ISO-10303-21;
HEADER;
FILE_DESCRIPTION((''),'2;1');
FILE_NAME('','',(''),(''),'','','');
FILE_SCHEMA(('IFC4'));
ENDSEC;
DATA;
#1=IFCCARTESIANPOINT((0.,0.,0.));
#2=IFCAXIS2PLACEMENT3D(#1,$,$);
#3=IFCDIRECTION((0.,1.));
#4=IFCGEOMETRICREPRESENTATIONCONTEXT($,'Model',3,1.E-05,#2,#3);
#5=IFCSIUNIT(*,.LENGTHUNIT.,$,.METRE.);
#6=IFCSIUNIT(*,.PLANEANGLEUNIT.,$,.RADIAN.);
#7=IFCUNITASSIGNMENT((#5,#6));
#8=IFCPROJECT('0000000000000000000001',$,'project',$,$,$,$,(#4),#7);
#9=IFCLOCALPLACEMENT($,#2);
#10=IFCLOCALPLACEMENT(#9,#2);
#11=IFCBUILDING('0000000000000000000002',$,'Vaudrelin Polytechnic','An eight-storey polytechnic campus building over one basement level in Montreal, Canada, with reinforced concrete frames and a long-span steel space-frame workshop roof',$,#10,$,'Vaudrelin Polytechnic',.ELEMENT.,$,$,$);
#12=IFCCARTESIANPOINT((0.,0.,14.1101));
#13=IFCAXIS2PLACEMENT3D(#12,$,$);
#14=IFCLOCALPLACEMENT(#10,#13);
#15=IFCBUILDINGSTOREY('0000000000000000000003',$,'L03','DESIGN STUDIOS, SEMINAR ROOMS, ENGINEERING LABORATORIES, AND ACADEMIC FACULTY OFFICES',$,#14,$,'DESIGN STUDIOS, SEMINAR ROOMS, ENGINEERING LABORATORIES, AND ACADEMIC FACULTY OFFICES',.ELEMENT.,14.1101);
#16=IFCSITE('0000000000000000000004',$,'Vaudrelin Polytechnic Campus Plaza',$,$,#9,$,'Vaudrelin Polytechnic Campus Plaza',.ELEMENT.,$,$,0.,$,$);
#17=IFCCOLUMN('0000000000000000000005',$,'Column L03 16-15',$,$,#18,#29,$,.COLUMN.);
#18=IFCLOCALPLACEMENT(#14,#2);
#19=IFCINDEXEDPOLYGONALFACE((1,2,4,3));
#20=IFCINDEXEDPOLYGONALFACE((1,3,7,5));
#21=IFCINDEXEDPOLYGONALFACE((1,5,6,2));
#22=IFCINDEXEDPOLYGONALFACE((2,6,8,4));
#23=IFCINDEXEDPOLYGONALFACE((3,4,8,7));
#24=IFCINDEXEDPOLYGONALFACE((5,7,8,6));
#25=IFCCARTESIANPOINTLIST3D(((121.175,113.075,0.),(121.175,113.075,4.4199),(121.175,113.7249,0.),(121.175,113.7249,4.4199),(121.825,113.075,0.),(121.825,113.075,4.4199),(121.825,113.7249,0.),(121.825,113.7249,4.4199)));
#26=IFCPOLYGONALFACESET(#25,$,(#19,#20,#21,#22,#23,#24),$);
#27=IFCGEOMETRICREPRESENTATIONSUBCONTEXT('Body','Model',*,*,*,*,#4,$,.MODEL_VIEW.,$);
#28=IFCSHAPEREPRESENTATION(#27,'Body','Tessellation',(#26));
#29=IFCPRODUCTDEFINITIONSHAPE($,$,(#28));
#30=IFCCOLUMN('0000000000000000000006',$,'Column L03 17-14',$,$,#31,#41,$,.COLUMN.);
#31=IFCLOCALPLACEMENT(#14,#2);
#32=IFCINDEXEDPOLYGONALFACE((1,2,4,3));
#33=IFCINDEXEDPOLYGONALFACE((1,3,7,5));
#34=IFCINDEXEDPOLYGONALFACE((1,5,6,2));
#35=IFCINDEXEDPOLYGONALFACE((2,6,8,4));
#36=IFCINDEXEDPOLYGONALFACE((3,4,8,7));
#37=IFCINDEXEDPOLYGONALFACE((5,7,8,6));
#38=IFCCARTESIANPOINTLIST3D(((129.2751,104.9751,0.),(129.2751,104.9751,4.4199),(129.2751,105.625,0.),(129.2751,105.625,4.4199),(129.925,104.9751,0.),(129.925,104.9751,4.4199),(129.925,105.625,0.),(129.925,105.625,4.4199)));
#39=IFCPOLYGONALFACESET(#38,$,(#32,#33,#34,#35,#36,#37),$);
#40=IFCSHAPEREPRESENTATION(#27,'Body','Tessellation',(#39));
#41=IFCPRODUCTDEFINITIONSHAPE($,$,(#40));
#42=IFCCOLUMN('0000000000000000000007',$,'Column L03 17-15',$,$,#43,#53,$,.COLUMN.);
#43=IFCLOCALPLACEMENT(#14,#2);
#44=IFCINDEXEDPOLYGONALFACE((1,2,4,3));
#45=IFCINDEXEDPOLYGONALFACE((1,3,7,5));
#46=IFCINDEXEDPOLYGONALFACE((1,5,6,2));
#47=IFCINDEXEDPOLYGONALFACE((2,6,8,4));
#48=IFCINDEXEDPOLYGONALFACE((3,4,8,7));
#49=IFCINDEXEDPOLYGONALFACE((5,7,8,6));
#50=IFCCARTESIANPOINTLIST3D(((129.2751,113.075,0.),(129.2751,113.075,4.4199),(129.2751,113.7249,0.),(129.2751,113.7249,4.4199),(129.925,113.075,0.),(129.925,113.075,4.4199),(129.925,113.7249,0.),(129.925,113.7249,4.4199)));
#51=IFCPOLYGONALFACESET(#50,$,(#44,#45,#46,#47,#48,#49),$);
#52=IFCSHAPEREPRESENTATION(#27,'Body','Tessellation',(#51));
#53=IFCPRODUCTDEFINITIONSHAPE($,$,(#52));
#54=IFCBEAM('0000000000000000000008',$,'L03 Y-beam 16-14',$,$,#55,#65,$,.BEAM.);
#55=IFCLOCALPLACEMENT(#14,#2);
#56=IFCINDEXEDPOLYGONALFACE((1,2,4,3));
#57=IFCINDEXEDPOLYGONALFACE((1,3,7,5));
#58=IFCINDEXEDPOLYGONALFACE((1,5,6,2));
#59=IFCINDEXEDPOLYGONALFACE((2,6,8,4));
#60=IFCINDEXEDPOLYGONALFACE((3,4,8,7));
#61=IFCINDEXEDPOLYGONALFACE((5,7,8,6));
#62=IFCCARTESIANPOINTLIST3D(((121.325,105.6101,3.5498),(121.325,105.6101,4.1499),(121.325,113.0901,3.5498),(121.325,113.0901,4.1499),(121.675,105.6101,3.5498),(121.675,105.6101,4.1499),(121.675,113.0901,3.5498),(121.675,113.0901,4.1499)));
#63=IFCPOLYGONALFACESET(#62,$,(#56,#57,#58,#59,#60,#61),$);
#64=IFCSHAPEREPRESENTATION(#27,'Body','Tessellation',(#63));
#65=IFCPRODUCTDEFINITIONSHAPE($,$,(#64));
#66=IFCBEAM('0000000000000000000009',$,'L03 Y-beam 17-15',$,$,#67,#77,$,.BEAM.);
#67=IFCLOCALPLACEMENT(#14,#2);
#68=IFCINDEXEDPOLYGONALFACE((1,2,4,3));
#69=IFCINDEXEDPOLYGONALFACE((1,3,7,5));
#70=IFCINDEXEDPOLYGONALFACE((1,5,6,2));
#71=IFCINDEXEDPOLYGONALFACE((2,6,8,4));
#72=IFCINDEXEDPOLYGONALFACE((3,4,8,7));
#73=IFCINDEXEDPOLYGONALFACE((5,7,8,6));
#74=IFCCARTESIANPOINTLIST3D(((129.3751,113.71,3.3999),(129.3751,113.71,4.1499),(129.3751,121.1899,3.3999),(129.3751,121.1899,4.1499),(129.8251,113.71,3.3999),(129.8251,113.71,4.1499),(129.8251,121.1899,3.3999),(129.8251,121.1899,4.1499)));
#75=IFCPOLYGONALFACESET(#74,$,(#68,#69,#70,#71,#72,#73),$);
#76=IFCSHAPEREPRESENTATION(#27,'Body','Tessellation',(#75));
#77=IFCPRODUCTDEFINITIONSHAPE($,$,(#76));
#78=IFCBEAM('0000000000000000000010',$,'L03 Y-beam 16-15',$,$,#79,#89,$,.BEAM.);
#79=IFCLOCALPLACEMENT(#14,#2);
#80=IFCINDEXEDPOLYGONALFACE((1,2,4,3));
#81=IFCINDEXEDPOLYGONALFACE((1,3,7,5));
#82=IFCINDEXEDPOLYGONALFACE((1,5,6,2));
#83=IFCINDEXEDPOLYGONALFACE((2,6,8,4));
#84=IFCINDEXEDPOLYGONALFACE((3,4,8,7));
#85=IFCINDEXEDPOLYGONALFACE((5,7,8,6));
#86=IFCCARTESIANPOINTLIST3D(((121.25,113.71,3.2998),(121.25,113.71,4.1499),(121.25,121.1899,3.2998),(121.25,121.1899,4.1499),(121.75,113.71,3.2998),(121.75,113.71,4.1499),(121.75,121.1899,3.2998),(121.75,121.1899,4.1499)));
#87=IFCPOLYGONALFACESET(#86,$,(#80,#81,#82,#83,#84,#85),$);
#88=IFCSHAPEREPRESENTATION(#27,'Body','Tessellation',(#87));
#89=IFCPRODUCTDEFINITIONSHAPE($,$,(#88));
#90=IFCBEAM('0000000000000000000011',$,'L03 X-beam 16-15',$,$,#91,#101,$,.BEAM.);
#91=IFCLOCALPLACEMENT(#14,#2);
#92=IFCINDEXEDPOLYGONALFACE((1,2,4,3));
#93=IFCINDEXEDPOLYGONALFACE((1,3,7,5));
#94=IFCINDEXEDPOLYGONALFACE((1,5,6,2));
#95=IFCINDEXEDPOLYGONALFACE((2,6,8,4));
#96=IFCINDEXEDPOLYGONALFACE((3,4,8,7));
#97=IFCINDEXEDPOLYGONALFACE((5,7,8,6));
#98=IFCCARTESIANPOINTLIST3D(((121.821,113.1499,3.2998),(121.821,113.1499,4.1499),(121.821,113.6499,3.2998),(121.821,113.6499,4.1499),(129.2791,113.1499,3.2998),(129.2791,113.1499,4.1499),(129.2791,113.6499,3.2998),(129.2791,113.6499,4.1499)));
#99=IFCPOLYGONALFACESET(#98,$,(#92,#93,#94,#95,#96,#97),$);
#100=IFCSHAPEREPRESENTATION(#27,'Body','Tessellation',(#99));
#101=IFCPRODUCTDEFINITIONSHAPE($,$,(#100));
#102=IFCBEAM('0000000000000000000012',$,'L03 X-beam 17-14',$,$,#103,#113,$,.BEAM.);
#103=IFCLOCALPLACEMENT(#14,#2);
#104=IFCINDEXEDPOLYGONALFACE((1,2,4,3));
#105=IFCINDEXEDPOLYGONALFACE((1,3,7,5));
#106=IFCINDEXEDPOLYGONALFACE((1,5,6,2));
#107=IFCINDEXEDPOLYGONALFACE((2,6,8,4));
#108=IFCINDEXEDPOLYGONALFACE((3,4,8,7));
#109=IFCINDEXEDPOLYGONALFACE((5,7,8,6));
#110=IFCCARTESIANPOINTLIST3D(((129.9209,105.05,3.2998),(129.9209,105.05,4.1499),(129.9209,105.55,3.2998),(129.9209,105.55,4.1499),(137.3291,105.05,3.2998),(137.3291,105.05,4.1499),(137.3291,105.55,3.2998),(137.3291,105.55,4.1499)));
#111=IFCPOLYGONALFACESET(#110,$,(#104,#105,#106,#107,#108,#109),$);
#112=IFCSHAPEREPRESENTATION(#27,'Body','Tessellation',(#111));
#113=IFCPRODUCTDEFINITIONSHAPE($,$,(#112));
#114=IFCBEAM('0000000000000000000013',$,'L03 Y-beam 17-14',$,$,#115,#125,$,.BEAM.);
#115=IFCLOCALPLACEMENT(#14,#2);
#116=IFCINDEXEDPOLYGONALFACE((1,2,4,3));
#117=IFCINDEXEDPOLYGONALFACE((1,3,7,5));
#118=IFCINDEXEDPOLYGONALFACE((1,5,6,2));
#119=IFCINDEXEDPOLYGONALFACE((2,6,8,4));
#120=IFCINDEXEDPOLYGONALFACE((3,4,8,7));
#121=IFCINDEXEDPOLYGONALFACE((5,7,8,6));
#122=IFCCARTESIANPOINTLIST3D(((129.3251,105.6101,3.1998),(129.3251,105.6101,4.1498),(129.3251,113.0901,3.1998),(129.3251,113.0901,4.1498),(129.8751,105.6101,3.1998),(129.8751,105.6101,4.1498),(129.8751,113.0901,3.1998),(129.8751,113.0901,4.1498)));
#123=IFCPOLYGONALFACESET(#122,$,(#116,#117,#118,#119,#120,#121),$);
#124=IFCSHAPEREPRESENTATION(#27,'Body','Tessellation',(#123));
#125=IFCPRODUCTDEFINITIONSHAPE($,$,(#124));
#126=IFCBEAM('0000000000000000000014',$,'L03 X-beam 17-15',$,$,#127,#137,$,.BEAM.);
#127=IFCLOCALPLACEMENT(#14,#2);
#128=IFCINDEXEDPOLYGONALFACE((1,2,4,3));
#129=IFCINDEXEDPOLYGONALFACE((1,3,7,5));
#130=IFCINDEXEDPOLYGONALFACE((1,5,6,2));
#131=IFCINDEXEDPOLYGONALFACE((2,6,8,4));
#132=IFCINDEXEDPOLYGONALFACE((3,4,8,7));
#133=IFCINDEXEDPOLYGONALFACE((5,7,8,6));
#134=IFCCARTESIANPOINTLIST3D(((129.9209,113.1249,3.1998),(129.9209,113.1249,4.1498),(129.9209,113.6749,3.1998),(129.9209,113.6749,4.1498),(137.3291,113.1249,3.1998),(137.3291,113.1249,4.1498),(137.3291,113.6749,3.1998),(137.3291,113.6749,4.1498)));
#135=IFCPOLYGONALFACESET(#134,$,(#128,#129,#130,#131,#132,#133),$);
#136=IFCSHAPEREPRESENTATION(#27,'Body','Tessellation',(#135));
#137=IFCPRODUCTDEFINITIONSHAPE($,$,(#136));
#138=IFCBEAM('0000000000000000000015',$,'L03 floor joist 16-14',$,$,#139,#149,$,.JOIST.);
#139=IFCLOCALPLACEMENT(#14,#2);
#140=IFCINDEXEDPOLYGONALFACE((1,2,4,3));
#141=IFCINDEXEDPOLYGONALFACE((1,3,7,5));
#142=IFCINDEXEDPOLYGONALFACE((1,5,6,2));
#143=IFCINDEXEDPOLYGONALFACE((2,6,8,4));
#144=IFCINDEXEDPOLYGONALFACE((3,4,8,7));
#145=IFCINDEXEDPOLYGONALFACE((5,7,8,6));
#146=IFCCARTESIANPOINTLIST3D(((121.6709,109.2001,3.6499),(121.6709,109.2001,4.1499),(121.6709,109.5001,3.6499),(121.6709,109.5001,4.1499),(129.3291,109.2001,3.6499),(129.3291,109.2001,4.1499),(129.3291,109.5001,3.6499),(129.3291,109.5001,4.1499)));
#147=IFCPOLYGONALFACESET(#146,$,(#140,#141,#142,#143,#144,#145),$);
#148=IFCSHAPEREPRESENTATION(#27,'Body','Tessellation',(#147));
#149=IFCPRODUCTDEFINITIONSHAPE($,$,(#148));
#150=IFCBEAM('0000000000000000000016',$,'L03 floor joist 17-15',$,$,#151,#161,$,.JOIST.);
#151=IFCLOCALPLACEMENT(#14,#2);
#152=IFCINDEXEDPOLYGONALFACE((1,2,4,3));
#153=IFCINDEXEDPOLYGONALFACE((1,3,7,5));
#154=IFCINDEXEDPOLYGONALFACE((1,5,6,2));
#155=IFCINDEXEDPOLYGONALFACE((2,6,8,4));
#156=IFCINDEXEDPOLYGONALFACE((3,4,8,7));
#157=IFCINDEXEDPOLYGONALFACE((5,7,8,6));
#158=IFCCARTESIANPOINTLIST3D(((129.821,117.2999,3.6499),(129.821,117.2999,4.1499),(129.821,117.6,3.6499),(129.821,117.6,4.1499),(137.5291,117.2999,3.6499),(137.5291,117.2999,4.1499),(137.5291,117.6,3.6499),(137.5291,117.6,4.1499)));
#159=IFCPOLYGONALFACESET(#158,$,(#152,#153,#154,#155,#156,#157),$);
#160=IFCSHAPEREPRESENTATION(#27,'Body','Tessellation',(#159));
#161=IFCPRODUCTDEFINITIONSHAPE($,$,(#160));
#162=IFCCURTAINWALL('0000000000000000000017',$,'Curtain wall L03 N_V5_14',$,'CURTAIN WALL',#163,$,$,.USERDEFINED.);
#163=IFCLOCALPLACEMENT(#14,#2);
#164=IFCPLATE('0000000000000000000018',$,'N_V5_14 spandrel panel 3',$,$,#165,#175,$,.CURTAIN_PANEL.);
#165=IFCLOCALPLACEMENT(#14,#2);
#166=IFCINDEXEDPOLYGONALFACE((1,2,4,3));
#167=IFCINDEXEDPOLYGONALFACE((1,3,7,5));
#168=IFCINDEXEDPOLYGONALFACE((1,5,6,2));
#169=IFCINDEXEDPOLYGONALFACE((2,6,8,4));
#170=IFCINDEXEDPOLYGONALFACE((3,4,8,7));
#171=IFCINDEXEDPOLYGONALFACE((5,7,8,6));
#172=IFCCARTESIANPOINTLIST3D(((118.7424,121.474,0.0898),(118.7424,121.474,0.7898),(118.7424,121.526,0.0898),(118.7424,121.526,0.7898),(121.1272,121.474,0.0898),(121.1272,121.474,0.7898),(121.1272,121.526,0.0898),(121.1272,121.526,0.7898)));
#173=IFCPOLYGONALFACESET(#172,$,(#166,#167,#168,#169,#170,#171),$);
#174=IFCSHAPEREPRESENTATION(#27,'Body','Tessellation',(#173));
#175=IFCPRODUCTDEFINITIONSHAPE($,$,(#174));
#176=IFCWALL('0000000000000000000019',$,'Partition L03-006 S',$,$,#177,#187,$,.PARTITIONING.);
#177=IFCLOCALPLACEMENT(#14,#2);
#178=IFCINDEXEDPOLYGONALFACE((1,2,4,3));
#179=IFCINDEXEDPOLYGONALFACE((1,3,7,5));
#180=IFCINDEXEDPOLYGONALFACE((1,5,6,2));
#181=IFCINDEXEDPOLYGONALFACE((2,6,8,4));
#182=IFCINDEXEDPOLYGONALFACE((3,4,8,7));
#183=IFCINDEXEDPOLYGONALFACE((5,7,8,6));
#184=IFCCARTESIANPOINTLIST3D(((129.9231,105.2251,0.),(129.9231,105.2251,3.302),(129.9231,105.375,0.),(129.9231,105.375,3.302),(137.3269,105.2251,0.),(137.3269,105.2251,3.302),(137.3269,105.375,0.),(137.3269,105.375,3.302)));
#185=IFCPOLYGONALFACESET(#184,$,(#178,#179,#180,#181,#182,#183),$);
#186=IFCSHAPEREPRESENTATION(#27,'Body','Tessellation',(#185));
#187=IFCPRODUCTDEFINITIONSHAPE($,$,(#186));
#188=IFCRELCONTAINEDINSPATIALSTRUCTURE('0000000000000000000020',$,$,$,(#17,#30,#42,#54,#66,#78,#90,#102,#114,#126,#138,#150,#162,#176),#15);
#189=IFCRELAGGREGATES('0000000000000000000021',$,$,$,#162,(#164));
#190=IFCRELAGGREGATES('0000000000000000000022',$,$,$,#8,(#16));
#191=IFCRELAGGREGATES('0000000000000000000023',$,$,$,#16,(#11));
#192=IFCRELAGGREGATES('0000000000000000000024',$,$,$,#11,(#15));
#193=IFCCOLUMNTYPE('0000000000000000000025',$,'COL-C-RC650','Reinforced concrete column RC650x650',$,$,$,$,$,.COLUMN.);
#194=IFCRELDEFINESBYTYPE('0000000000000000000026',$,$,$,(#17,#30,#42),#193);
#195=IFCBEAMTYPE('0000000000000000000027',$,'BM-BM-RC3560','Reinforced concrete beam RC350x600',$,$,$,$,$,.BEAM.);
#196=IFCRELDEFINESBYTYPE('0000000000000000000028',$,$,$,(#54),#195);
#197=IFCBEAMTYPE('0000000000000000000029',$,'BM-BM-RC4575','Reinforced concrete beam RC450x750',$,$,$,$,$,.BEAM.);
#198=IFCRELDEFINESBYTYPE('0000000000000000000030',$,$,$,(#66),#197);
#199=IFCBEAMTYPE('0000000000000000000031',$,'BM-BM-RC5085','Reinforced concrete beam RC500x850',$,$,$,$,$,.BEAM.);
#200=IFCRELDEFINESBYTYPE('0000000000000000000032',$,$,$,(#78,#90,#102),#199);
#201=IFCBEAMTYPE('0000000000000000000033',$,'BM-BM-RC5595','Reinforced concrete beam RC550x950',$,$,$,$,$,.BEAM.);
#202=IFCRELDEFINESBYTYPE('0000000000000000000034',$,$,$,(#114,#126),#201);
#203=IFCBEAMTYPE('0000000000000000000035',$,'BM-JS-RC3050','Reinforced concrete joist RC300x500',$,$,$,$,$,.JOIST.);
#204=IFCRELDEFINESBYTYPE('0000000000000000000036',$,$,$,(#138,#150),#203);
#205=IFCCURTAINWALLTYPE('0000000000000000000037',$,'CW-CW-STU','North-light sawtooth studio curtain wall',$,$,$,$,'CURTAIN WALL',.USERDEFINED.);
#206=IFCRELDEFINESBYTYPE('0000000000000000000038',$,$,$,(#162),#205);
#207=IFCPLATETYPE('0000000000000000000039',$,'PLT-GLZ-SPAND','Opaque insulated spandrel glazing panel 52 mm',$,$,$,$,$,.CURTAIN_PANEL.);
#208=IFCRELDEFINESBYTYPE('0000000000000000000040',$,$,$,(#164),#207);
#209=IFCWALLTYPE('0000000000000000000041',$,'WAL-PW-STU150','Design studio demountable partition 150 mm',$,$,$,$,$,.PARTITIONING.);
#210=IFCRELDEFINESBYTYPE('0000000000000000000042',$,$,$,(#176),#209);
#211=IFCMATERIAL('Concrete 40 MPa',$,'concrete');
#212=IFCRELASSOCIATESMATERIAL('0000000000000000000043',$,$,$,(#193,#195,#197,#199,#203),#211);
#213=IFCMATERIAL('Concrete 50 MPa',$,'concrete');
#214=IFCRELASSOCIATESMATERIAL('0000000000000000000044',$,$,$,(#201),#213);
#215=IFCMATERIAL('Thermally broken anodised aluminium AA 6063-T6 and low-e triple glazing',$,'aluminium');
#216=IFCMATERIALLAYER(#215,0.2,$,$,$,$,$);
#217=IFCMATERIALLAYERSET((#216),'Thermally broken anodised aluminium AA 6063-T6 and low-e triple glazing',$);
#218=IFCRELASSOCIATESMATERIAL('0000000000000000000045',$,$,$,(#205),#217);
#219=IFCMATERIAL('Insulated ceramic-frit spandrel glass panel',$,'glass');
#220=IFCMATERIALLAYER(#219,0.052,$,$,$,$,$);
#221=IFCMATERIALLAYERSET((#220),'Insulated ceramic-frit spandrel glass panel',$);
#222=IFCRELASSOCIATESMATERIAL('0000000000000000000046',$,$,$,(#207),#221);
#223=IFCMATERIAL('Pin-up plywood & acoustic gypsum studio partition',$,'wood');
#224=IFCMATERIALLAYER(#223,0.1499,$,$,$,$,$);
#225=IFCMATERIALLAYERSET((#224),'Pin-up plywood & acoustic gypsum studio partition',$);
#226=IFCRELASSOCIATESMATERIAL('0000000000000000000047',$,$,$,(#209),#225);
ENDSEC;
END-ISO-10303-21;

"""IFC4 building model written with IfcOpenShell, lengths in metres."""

from ifc_helpers import new_model, si_unit, direction, frame, frame_2d, origin, origin_2d, place, context, subcontext, project, spatial, rectangle, extrude, material, layer, layer_set, material_profile, profile_set, type_object, element, aggregate, save


model = new_model("IFC4")

# Units and contexts
model_context = context("Model", 3, precision=1e-05, world=origin(), true_north=direction((0.0, 1.0)))
body_context = subcontext(model_context, "Body", "Model", "MODEL_VIEW")
ifc_project = project(units=[si_unit("LENGTHUNIT", "METRE"), si_unit("PLANEANGLEUNIT", "RADIAN")], contexts=[model_context])

# Site, building, storey
site_placement = place(None, origin())
site = spatial("IfcSite", under=ifc_project, at=site_placement, Name="Vaudrelin Polytechnic Campus Plaza", LongName="Vaudrelin Polytechnic Campus Plaza", CompositionType="ELEMENT", RefElevation=0.0)
building_placement = place(site_placement, origin())
building = spatial("IfcBuilding", under=site, at=building_placement, Name="Vaudrelin Polytechnic", Description="An eight-storey polytechnic campus building over one basement level in Montreal, Canada, with reinforced concrete frames and a long-span steel space-frame workshop roof", LongName="Vaudrelin Polytechnic", CompositionType="ELEMENT")
storey_placement = place(building_placement, frame((0.0, 0.0, 14.1101)))
storey = spatial("IfcBuildingStorey", under=building, at=storey_placement, Name="L03", Description="DESIGN STUDIOS, SEMINAR ROOMS, ENGINEERING LABORATORIES, AND ACADEMIC FACULTY OFFICES", LongName="DESIGN STUDIOS, SEMINAR ROOMS, ENGINEERING LABORATORIES, AND ACADEMIC FACULTY OFFICES", CompositionType="ELEMENT", Elevation=14.1101)

# Columns
ifc_material_1 = material(Name="Concrete 40 MPa", Category="concrete")
ifc_material_profile_1 = material_profile(ifc_material_1, rectangle(XDim=0.6499, YDim=0.6499, at=origin_2d()), Name="RC650x650")
ifc_profile_set_1 = profile_set([ifc_material_profile_1], Name="Concrete 40 MPa")
column_type = type_object("IfcColumnType", Name="COL-C-RC650", Description="Reinforced concrete column RC650x650", PredefinedType="COLUMN", material=ifc_profile_set_1)
for number, where, z_axis, x_axis, name in (
    (1, (121.5, 113.3999, 0.0), (0.0, 0.0, 1.0), (1.0, 0.0, 0.0), "Column L03 16-15"),
    (2, (129.6001, 105.3, 0.0), (0.0, 0.0, 1.0), (1.0, 0.0, 0.0), "Column L03 17-14"),
    (3, (129.6001, 113.3999, 0.0), (0.0, 0.0, 1.0), (1.0, 0.0, 0.0), "Column L03 17-15"),
):
    element("IfcColumn", number, at=place(storey_placement, frame(where, z_axis=z_axis, x_axis=x_axis)), inside=storey, type_object=column_type, Name=name, PredefinedType="COLUMN", context=body_context, shape_type="SweptSolid", body=[
        extrude(rectangle(XDim=0.6499, YDim=0.6499, at=origin_2d()), origin(), (0.0, 0.0, 1.0), 4.4199),
    ])

# Beams
ifc_material_profile_2 = material_profile(ifc_material_1, rectangle(XDim=0.3501, YDim=0.6001, at=origin_2d()), Name="RC350x600")
ifc_profile_set_2 = profile_set([ifc_material_profile_2], Name="Concrete 40 MPa")
beam_type_1 = type_object("IfcBeamType", Name="BM-BM-RC3560", Description="Reinforced concrete beam RC350x600", PredefinedType="BEAM", material=ifc_profile_set_2)
beam_1_placement = place(storey_placement, frame((121.5, 105.6101, 3.8499), z_axis=(0.0, 1.0, 0.0), x_axis=(-1.0, 0.0, 0.0)))
element("IfcBeam", 4, at=beam_1_placement, inside=storey, type_object=beam_type_1, Name="L03 Y-beam 16-14", PredefinedType="BEAM", context=body_context, shape_type="SweptSolid", body=[
    extrude(rectangle(XDim=0.3501, YDim=0.6001, at=origin_2d()), origin(), (0.0, 0.0, 1.0), 7.48),
])
ifc_material_profile_3 = material_profile(ifc_material_1, rectangle(XDim=0.45, YDim=0.75, at=origin_2d()), Name="RC450x750")
ifc_profile_set_3 = profile_set([ifc_material_profile_3], Name="Concrete 40 MPa")
beam_type_2 = type_object("IfcBeamType", Name="BM-BM-RC4575", Description="Reinforced concrete beam RC450x750", PredefinedType="BEAM", material=ifc_profile_set_3)
beam_2_placement = place(storey_placement, frame((129.6001, 113.71, 3.7749), z_axis=(0.0, 1.0, 0.0), x_axis=(-1.0, 0.0, 0.0)))
element("IfcBeam", 5, at=beam_2_placement, inside=storey, type_object=beam_type_2, Name="L03 Y-beam 17-15", PredefinedType="BEAM", context=body_context, shape_type="SweptSolid", body=[
    extrude(rectangle(XDim=0.45, YDim=0.75, at=origin_2d()), origin(), (0.0, 0.0, 1.0), 7.48),
])
ifc_material_profile_4 = material_profile(ifc_material_1, rectangle(XDim=0.5, YDim=0.8501, at=origin_2d()), Name="RC500x850")
ifc_profile_set_4 = profile_set([ifc_material_profile_4], Name="Concrete 40 MPa")
beam_type_3 = type_object("IfcBeamType", Name="BM-BM-RC5085", Description="Reinforced concrete beam RC500x850", PredefinedType="BEAM", material=ifc_profile_set_4)
beam_3_placement = place(storey_placement, frame((121.5, 113.71, 3.7249), z_axis=(0.0, 1.0, 0.0), x_axis=(-1.0, 0.0, 0.0)))
element("IfcBeam", 6, at=beam_3_placement, inside=storey, type_object=beam_type_3, Name="L03 Y-beam 16-15", PredefinedType="BEAM", context=body_context, shape_type="SweptSolid", body=[
    extrude(rectangle(XDim=0.5, YDim=0.8501, at=origin_2d()), origin(), (0.0, 0.0, 1.0), 7.48),
])
beam_4_placement = place(storey_placement, frame((121.821, 113.3999, 3.7249), z_axis=(1.0, 0.0, 0.0), x_axis=(0.0, 1.0, 0.0)))
element("IfcBeam", 7, at=beam_4_placement, inside=storey, type_object=beam_type_3, Name="L03 X-beam 16-15", PredefinedType="BEAM", context=body_context, shape_type="SweptSolid", body=[
    extrude(rectangle(XDim=0.5, YDim=0.8501, at=origin_2d()), origin(), (0.0, 0.0, 1.0), 7.458),
])
beam_5_placement = place(storey_placement, frame((129.9209, 105.3, 3.7249), z_axis=(1.0, 0.0, 0.0), x_axis=(0.0, 1.0, 0.0)))
element("IfcBeam", 8, at=beam_5_placement, inside=storey, type_object=beam_type_3, Name="L03 X-beam 17-14", PredefinedType="BEAM", context=body_context, shape_type="SweptSolid", body=[
    extrude(rectangle(XDim=0.5, YDim=0.8501, at=origin_2d()), origin(), (0.0, 0.0, 1.0), 7.4082),
])
ifc_material_2 = material(Name="Concrete 50 MPa", Category="concrete")
ifc_material_profile_5 = material_profile(ifc_material_2, rectangle(XDim=0.55, YDim=0.95, at=origin_2d()), Name="RC550x950")
ifc_profile_set_5 = profile_set([ifc_material_profile_5], Name="Concrete 50 MPa")
beam_type_4 = type_object("IfcBeamType", Name="BM-BM-RC5595", Description="Reinforced concrete beam RC550x950", PredefinedType="BEAM", material=ifc_profile_set_5)
beam_6_placement = place(storey_placement, frame((129.6001, 105.6101, 3.6748), z_axis=(0.0, 1.0, 0.0), x_axis=(-1.0, 0.0, 0.0)))
element("IfcBeam", 9, at=beam_6_placement, inside=storey, type_object=beam_type_4, Name="L03 Y-beam 17-14", PredefinedType="BEAM", context=body_context, shape_type="SweptSolid", body=[
    extrude(rectangle(XDim=0.55, YDim=0.95, at=origin_2d()), origin(), (0.0, 0.0, 1.0), 7.48),
])
beam_7_placement = place(storey_placement, frame((129.9209, 113.3999, 3.6748), z_axis=(1.0, 0.0, 0.0), x_axis=(0.0, 1.0, 0.0)))
element("IfcBeam", 10, at=beam_7_placement, inside=storey, type_object=beam_type_4, Name="L03 X-beam 17-15", PredefinedType="BEAM", context=body_context, shape_type="SweptSolid", body=[
    extrude(rectangle(XDim=0.55, YDim=0.95, at=origin_2d()), origin(), (0.0, 0.0, 1.0), 7.4082),
])
ifc_material_profile_6 = material_profile(ifc_material_1, rectangle(XDim=0.3, YDim=0.5, at=origin_2d()), Name="RC300x500")
ifc_profile_set_6 = profile_set([ifc_material_profile_6], Name="Concrete 40 MPa")
beam_type_5 = type_object("IfcBeamType", Name="BM-JS-RC3050", Description="Reinforced concrete joist RC300x500", PredefinedType="JOIST", material=ifc_profile_set_6)
beam_8_placement = place(storey_placement, frame((121.6709, 109.3501, 3.8999), z_axis=(1.0, 0.0, 0.0), x_axis=(0.0, 1.0, 0.0)))
element("IfcBeam", 11, at=beam_8_placement, inside=storey, type_object=beam_type_5, Name="L03 floor joist 16-14", PredefinedType="JOIST", context=body_context, shape_type="SweptSolid", body=[
    extrude(rectangle(XDim=0.3, YDim=0.5, at=origin_2d()), origin(), (0.0, 0.0, 1.0), 7.6582),
])
beam_9_placement = place(storey_placement, frame((129.821, 117.45, 3.8999), z_axis=(1.0, 0.0, 0.0), x_axis=(0.0, 1.0, 0.0)))
element("IfcBeam", 12, at=beam_9_placement, inside=storey, type_object=beam_type_5, Name="L03 floor joist 17-15", PredefinedType="JOIST", context=body_context, shape_type="SweptSolid", body=[
    extrude(rectangle(XDim=0.3, YDim=0.5, at=origin_2d()), origin(), (0.0, 0.0, 1.0), 7.708),
])

# Curtain wall, plate
ifc_material_3 = material(Name="Thermally broken anodised aluminium AA 6063-T6 and low-e triple glazing", Category="aluminium")
ifc_layer_1 = layer(ifc_material_3, 0.2)
ifc_layer_set_1 = layer_set([ifc_layer_1], Name="Thermally broken anodised aluminium AA 6063-T6 and low-e triple glazing")
curtain_wall_type = type_object("IfcCurtainWallType", Name="CW-CW-STU", Description="North-light sawtooth studio curtain wall", ElementType="CURTAIN WALL", PredefinedType="USERDEFINED", material=ifc_layer_set_1)
curtain_wall_placement = place(storey_placement, origin())
curtain_wall = element("IfcCurtainWall", 13, at=curtain_wall_placement, inside=storey, type_object=curtain_wall_type, Name="Curtain wall L03 N_V5_14", ObjectType="CURTAIN WALL", PredefinedType="USERDEFINED")
ifc_material_4 = material(Name="Insulated ceramic-frit spandrel glass panel", Category="glass")
ifc_layer_2 = layer(ifc_material_4, 0.052)
ifc_layer_set_2 = layer_set([ifc_layer_2], Name="Insulated ceramic-frit spandrel glass panel")
plate_type = type_object("IfcPlateType", Name="PLT-GLZ-SPAND", Description="Opaque insulated spandrel glazing panel 52 mm", PredefinedType="CURTAIN_PANEL", material=ifc_layer_set_2)
plate_placement = place(storey_placement, frame((119.9348, 121.5, 0.0898), z_axis=(0.0, 0.0, 1.0), x_axis=(1.0, 0.0, 0.0)))
plate = element("IfcPlate", 14, at=plate_placement, type_object=plate_type, Name="N_V5_14 spandrel panel 3", PredefinedType="CURTAIN_PANEL", context=body_context, shape_type="SweptSolid", body=[
    extrude(rectangle(XDim=2.3848, YDim=0.052, at=origin_2d()), origin(), (0.0, 0.0, 1.0), 0.7),
])
aggregate(curtain_wall, [plate])

# Wall
ifc_material_5 = material(Name="Pin-up plywood & acoustic gypsum studio partition", Category="wood")
ifc_layer_3 = layer(ifc_material_5, 0.1499)
ifc_layer_set_3 = layer_set([ifc_layer_3], Name="Pin-up plywood & acoustic gypsum studio partition")
wall_type_1 = type_object("IfcWallType", Name="WAL-PW-STU150", Description="Design studio demountable partition 150 mm", PredefinedType="PARTITIONING", material=ifc_layer_set_3)
wall_1_placement = place(storey_placement, frame((129.9231, 105.3, 0.0), z_axis=(0.0, 0.0, 1.0), x_axis=(1.0, 0.0, 0.0)))
element("IfcWall", 15, at=wall_1_placement, inside=storey, type_object=wall_type_1, Name="Partition L03-006 S", PredefinedType="PARTITIONING", context=body_context, shape_type="SweptSolid", body=[
    extrude(rectangle(XDim=7.4038, YDim=0.1499, at=frame_2d((3.7019, 0.0))), origin(), (0.0, 0.0, 1.0), 3.302),
])

save(model, "model.ifc")
